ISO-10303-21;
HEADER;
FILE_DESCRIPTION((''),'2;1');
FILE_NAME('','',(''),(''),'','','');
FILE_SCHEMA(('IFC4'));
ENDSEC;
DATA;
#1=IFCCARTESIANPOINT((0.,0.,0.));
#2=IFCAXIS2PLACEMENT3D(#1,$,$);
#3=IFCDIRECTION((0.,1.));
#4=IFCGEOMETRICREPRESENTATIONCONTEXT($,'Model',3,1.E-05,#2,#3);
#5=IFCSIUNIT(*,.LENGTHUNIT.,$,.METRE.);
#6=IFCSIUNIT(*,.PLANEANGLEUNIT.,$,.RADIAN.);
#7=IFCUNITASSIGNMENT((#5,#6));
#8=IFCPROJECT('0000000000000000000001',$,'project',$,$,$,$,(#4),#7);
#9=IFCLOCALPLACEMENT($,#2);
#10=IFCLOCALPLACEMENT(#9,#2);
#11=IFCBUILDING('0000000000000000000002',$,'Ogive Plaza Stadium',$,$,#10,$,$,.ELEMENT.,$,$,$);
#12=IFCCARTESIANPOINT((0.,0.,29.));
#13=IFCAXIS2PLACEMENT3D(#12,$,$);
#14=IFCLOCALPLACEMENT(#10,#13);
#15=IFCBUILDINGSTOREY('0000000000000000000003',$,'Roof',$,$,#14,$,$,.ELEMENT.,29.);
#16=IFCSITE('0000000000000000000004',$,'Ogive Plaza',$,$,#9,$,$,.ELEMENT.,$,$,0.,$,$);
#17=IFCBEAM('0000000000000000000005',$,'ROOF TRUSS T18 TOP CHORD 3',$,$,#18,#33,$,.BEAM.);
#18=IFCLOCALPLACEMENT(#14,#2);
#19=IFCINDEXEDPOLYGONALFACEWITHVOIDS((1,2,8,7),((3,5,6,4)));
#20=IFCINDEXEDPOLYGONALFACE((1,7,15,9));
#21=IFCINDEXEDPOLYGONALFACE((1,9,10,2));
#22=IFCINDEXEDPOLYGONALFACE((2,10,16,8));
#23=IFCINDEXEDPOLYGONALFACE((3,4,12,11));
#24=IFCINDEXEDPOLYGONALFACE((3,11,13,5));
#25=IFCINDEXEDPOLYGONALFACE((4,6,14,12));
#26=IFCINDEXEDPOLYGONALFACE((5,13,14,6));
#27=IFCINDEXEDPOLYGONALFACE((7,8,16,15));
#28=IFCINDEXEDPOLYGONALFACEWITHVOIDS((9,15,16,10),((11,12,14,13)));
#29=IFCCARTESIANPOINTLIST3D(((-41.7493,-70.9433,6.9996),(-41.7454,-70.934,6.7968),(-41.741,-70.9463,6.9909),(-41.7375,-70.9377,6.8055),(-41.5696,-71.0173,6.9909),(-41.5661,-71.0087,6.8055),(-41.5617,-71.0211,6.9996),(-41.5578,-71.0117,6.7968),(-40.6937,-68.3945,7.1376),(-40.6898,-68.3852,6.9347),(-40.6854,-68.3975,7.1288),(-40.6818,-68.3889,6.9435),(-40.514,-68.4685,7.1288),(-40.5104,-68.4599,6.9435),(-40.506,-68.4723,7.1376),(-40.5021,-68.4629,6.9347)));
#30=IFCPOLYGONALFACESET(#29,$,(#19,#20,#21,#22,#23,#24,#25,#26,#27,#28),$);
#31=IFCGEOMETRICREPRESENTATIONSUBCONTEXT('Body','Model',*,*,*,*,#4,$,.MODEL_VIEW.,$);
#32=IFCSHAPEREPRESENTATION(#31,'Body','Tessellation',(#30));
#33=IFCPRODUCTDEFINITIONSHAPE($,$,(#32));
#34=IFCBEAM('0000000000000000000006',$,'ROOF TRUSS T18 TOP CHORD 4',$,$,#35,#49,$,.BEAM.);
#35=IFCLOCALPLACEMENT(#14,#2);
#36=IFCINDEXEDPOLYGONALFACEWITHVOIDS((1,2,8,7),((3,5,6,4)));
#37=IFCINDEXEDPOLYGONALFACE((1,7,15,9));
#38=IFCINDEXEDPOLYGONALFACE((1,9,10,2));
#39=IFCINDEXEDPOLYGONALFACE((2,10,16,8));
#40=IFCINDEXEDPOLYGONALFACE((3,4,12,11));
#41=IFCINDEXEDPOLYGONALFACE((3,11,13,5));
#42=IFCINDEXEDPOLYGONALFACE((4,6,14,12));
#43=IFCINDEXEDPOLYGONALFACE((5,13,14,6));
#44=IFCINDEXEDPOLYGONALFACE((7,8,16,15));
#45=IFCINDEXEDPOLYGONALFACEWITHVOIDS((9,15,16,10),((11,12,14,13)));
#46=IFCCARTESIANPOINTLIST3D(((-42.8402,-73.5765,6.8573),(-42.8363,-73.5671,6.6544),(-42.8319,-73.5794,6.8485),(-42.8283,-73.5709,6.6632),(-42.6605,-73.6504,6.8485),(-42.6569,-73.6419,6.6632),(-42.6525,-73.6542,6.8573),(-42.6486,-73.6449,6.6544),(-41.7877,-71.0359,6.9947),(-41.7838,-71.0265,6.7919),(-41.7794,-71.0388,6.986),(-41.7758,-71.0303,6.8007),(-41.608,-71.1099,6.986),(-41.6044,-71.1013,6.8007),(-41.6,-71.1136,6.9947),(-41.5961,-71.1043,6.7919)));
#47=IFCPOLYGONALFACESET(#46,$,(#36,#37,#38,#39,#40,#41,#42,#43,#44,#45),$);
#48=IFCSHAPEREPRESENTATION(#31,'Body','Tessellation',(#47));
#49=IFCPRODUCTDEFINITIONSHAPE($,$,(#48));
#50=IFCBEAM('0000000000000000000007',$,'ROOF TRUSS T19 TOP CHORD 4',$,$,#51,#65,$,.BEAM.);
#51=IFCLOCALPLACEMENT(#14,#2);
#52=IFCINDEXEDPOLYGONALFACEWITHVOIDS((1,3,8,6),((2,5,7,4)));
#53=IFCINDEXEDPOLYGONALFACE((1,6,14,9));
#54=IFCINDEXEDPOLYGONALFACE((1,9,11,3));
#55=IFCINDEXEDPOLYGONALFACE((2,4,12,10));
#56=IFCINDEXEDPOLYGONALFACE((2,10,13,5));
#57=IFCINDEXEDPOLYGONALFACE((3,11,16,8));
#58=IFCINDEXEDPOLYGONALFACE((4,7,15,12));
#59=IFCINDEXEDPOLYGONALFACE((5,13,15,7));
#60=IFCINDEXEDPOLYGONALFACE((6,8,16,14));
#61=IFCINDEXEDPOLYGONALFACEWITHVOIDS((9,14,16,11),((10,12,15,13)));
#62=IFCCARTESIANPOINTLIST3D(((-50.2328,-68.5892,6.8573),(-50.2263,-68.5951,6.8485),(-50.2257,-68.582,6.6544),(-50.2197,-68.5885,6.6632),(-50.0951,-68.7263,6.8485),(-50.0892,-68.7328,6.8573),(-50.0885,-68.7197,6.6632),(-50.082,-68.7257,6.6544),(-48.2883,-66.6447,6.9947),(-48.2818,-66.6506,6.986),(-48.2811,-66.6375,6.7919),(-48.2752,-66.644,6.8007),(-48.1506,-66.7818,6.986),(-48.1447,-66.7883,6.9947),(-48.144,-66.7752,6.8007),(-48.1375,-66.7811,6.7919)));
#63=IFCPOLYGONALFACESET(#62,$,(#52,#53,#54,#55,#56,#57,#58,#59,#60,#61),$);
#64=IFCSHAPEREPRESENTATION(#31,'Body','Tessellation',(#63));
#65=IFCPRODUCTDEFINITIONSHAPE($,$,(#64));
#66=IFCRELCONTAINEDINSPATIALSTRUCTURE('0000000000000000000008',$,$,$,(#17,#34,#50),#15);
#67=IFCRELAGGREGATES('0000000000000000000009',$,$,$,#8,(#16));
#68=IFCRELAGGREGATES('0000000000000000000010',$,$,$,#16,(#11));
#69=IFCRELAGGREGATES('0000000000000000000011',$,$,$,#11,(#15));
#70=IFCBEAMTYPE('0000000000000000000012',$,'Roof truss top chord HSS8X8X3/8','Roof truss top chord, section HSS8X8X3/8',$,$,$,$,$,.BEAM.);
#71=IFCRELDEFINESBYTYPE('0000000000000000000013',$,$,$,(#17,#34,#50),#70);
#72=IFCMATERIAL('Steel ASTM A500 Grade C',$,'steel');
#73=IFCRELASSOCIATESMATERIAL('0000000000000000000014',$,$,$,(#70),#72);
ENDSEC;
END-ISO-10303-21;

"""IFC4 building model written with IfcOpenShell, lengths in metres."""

from ifc_helpers import new_model, si_unit, direction, frame, origin, origin_2d, place, context, subcontext, project, spatial, hollow_rectangle, extrude, material, material_profile, profile_set, type_object, element, save


model = new_model("IFC4")

# Units and contexts
model_context = context("Model", 3, precision=1e-05, world=origin(), true_north=direction((0.0, 1.0)))
body_context = subcontext(model_context, "Body", "Model", "MODEL_VIEW")
ifc_project = project(units=[si_unit("LENGTHUNIT", "METRE"), si_unit("PLANEANGLEUNIT", "RADIAN")], contexts=[model_context])

# Site, building, storey
site_placement = place(None, origin())
site = spatial("IfcSite", under=ifc_project, at=site_placement, Name="Ogive Plaza", CompositionType="ELEMENT", RefElevation=0.0)
building_placement = place(site_placement, origin())
building = spatial("IfcBuilding", under=site, at=building_placement, Name="Ogive Plaza Stadium", CompositionType="ELEMENT")
storey_placement = place(building_placement, frame((0.0, 0.0, 29.0)))
storey = spatial("IfcBuildingStorey", under=building, at=storey_placement, Name="Roof", CompositionType="ELEMENT", Elevation=29.0)

# Beams
ifc_material_1 = material(Name="Steel ASTM A500 Grade C", Category="steel")
ifc_material_profile_1 = material_profile(ifc_material_1, hollow_rectangle(XDim=0.2031, YDim=0.2031, WallThickness=0.0088, at=origin_2d()), Name="HSS8X8X3/8")
ifc_profile_set_1 = profile_set([ifc_material_profile_1], Name="Steel ASTM A500 Grade C")
beam_type_1 = type_object("IfcBeamType", Name="Roof truss top chord HSS8X8X3/8", Description="Roof truss top chord, section HSS8X8X3/8", PredefinedType="BEAM", material=ifc_profile_set_1)
beam_1_placement = place(storey_placement, frame((-40.5979, -68.4287, 7.0361), z_axis=(-0.382177, -0.922739, -0.049938), x_axis=(0.923892, -0.382654, 0.0)))
element("IfcBeam", 1, at=beam_1_placement, inside=storey, type_object=beam_type_1, Name="ROOF TRUSS T18 TOP CHORD 3", PredefinedType="BEAM", context=body_context, shape_type="SweptSolid", body=[
    extrude(hollow_rectangle(XDim=0.2031, YDim=0.2031, WallThickness=0.0088, at=origin_2d()), origin(), (0.0, 0.0, 1.0), 2.7622),
])
for number, where, z_axis, x_axis, name in (
    (2, (-41.6919, -71.0701, 6.8933), (-0.382259, -0.922706, -0.049922), (0.923858, -0.382736, 0.0), "ROOF TRUSS T18 TOP CHORD 4"),
    (3, (-48.2129, -66.7129, 6.8933), (-0.706225, -0.706225, -0.049919), (0.707107, -0.707107, 0.0), "ROOF TRUSS T19 TOP CHORD 4"),
):
    element("IfcBeam", number, at=place(storey_placement, frame(where, z_axis=z_axis, x_axis=x_axis)), inside=storey, type_object=beam_type_1, Name=name, PredefinedType="BEAM", context=body_context, shape_type="SweptSolid", body=[
        extrude(hollow_rectangle(XDim=0.2031, YDim=0.2031, WallThickness=0.0088, at=origin_2d()), origin(), (0.0, 0.0, 1.0), 2.7534),
    ])

save(model, "model.ifc")
